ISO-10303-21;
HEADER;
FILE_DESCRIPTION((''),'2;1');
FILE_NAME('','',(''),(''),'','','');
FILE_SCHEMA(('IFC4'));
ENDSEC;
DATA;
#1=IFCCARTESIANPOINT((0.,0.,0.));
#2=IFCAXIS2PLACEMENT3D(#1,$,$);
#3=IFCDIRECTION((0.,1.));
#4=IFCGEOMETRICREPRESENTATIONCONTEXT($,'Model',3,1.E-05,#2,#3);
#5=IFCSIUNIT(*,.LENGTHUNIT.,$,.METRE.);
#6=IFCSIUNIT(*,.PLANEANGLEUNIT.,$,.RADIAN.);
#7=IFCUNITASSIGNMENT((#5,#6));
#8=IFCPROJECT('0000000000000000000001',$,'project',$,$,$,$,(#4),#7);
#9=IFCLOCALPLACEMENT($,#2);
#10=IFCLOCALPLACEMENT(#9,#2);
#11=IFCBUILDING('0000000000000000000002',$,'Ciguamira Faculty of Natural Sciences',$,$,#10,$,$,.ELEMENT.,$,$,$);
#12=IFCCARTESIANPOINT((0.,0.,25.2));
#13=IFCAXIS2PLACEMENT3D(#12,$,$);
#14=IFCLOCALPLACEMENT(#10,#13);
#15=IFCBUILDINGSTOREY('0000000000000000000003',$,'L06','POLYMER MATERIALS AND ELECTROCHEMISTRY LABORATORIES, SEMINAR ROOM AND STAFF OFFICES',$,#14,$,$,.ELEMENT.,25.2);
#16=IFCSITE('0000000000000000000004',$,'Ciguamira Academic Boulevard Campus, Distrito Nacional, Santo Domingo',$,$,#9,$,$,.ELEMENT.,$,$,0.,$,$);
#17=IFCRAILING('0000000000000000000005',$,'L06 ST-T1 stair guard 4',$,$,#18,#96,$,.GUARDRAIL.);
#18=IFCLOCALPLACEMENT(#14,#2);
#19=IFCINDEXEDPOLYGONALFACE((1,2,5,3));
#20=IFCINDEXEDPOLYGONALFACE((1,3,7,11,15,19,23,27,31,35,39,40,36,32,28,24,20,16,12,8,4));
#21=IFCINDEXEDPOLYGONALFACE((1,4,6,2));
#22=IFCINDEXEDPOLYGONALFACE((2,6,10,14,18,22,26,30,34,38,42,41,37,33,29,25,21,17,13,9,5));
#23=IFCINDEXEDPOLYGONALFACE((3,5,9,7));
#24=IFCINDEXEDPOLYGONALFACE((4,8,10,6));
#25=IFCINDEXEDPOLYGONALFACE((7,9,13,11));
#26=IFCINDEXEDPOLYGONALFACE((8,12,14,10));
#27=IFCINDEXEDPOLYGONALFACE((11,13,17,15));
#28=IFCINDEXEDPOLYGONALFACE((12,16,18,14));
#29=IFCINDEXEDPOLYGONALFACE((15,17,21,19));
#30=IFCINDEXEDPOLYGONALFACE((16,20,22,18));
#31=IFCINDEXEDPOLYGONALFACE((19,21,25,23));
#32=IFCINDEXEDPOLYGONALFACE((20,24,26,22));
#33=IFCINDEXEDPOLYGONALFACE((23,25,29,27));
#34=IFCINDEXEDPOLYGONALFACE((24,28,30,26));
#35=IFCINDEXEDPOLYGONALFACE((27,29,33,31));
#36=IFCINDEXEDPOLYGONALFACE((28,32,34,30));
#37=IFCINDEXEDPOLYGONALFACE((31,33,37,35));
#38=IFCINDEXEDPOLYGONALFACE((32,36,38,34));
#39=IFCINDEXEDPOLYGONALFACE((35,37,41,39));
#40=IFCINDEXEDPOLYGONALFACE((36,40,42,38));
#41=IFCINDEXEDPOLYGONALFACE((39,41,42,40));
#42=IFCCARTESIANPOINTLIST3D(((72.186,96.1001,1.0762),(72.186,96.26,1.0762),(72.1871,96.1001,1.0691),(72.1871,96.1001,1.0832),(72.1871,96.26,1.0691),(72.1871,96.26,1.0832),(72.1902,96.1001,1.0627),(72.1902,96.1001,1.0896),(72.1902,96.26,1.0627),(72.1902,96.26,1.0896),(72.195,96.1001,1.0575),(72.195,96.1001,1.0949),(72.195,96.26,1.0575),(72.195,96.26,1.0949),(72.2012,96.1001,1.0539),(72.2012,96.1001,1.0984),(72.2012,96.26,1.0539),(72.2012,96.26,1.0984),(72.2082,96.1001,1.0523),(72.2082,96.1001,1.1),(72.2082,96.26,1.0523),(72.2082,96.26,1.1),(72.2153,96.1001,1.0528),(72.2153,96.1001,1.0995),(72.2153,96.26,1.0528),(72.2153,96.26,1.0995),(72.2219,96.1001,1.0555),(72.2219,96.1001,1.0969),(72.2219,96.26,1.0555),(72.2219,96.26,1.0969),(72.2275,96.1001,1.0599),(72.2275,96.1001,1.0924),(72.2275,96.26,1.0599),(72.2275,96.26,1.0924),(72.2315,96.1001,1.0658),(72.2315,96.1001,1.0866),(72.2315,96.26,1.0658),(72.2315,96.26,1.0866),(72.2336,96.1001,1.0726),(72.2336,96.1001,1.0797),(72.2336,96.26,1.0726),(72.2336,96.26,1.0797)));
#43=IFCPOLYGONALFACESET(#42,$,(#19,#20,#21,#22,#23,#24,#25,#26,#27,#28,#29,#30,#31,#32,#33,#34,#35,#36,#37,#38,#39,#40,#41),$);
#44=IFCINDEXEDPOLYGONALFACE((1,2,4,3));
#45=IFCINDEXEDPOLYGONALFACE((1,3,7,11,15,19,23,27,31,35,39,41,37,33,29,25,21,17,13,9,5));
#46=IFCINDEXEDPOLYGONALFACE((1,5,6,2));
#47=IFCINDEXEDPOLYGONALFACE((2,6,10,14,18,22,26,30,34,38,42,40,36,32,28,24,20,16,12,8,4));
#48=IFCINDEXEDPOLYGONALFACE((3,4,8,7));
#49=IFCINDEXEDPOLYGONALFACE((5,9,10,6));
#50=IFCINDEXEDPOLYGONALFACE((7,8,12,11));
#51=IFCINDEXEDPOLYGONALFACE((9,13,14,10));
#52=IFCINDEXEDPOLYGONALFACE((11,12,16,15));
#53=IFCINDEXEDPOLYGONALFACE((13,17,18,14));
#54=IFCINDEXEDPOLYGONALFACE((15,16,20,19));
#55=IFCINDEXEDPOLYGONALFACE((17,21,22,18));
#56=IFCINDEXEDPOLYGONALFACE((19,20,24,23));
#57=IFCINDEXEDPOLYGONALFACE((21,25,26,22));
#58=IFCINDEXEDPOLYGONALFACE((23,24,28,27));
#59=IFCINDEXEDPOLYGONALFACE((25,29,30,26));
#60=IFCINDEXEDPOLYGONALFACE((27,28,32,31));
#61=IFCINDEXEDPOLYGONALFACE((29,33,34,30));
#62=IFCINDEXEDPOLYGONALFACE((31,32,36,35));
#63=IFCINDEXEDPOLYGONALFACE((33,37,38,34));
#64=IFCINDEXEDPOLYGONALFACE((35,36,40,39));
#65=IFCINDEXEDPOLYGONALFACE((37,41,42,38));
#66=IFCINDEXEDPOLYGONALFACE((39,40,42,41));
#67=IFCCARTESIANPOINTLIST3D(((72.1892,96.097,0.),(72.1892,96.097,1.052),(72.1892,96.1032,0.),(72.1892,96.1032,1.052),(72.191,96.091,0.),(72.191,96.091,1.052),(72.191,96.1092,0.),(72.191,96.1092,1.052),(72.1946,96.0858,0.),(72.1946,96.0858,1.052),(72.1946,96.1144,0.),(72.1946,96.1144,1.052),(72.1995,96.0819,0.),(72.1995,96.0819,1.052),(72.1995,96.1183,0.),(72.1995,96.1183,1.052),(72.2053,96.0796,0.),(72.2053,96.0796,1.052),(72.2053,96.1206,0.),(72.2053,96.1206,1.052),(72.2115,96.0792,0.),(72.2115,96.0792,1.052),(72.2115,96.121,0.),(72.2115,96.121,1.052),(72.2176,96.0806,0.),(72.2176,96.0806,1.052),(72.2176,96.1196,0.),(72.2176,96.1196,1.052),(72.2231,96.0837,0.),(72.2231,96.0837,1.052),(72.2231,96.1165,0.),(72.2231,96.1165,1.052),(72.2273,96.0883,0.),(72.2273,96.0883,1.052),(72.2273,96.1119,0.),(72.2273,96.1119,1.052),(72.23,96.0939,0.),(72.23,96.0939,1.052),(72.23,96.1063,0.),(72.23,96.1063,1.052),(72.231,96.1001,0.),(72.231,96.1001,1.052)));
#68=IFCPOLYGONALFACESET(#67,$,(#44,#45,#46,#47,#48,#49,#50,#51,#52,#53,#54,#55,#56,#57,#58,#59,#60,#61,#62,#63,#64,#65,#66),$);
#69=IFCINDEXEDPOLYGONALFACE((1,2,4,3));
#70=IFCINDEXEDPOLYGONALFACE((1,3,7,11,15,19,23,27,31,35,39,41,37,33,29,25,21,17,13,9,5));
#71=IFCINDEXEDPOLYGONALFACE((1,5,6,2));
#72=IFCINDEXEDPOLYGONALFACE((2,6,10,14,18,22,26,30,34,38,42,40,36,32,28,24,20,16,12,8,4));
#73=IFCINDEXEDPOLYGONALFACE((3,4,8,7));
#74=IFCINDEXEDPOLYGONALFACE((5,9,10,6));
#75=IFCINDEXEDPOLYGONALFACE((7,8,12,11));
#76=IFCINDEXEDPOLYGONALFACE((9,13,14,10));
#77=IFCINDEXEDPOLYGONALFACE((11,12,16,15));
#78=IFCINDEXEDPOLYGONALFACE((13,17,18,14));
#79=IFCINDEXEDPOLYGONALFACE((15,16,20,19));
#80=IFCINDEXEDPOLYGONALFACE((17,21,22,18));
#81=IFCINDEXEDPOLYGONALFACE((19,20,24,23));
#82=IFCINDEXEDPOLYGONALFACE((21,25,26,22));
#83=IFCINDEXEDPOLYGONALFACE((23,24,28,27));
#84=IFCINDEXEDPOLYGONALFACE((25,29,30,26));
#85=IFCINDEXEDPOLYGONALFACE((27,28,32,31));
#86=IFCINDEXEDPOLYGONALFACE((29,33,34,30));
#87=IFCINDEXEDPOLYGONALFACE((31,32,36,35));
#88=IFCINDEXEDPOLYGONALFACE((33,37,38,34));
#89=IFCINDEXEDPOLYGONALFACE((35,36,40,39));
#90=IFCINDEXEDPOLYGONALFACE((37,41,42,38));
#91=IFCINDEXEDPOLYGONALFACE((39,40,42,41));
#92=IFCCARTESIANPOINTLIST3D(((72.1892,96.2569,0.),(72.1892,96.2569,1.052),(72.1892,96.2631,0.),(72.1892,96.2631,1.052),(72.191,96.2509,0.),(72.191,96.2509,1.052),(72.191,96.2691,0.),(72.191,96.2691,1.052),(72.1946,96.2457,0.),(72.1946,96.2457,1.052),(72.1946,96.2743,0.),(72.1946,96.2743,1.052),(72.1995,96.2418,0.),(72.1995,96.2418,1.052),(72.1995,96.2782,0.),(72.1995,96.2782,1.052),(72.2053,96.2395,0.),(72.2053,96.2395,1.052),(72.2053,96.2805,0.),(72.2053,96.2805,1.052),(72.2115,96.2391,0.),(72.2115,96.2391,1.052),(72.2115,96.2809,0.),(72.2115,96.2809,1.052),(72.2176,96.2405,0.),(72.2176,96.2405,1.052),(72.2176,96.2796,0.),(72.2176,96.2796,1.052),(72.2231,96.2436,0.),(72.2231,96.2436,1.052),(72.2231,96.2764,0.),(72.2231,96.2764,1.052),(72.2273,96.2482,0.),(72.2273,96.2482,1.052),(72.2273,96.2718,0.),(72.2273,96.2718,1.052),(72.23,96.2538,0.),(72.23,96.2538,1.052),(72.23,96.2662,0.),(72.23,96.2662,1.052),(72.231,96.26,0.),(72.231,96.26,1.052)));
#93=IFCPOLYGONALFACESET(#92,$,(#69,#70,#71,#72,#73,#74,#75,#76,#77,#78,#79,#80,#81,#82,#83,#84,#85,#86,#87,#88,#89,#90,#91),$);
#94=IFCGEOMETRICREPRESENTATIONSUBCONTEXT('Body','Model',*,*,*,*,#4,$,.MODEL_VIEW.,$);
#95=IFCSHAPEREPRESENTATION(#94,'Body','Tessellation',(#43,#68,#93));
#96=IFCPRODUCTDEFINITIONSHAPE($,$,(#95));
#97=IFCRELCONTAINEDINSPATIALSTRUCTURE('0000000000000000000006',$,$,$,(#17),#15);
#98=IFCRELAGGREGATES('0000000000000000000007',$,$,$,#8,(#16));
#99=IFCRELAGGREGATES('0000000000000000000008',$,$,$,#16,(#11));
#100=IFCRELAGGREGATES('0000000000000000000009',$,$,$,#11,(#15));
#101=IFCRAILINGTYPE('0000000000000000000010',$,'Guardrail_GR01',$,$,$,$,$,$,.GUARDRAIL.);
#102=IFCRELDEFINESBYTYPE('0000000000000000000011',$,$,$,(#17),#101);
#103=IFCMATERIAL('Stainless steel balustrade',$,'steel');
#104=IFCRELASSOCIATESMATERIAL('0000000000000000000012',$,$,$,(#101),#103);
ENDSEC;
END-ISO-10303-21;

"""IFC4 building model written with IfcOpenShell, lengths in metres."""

from ifc_helpers import new_model, si_unit, direction, frame, origin, origin_2d, place, context, subcontext, project, spatial, circle, extrude, material, type_object, element, save


model = new_model("IFC4")

# Units and contexts
model_context = context("Model", 3, precision=1e-05, world=origin(), true_north=direction((0.0, 1.0)))
body_context = subcontext(model_context, "Body", "Model", "MODEL_VIEW")
ifc_project = project(units=[si_unit("LENGTHUNIT", "METRE"), si_unit("PLANEANGLEUNIT", "RADIAN")], contexts=[model_context])

# Site, building, storey
site_placement = place(None, origin())
site = spatial("IfcSite", under=ifc_project, at=site_placement, Name="Ciguamira Academic Boulevard Campus, Distrito Nacional, Santo Domingo", CompositionType="ELEMENT", RefElevation=0.0)
building_placement = place(site_placement, origin())
building = spatial("IfcBuilding", under=site, at=building_placement, Name="Ciguamira Faculty of Natural Sciences", CompositionType="ELEMENT")
storey_placement = place(building_placement, frame((0.0, 0.0, 25.2)))
storey = spatial("IfcBuildingStorey", under=building, at=storey_placement, Name="L06", Description="POLYMER MATERIALS AND ELECTROCHEMISTRY LABORATORIES, SEMINAR ROOM AND STAFF OFFICES", CompositionType="ELEMENT", Elevation=25.2)

# Railing
ifc_material_1 = material(Name="Stainless steel balustrade", Category="steel")
railing_type_1 = type_object("IfcRailingType", Name="Guardrail_GR01", PredefinedType="GUARDRAIL", material=ifc_material_1)
railing_1_placement = place(storey_placement, frame((72.21, 96.1001, 0.0)))
element("IfcRailing", 1, at=railing_1_placement, inside=storey, type_object=railing_type_1, Name="L06 ST-T1 stair guard 4", PredefinedType="GUARDRAIL", context=body_context, shape_type="SweptSolid", body=[
    extrude(circle(Radius=0.0239, at=origin_2d()), frame((0.0, 0.0, 1.0762), z_axis=(0.0, 1.0, 0.0), x_axis=(-1.0, 0.0, 0.0)), (0.0, 0.0, 1.0), 0.1599),
    extrude(circle(Radius=0.021, at=origin_2d()), origin(), (0.0, 0.0, 1.0), 1.052),
    extrude(circle(Radius=0.021, at=origin_2d()), frame((0.0, 0.1599, 0.0)), (0.0, 0.0, 1.0), 1.052),
])

save(model, "model.ifc")
